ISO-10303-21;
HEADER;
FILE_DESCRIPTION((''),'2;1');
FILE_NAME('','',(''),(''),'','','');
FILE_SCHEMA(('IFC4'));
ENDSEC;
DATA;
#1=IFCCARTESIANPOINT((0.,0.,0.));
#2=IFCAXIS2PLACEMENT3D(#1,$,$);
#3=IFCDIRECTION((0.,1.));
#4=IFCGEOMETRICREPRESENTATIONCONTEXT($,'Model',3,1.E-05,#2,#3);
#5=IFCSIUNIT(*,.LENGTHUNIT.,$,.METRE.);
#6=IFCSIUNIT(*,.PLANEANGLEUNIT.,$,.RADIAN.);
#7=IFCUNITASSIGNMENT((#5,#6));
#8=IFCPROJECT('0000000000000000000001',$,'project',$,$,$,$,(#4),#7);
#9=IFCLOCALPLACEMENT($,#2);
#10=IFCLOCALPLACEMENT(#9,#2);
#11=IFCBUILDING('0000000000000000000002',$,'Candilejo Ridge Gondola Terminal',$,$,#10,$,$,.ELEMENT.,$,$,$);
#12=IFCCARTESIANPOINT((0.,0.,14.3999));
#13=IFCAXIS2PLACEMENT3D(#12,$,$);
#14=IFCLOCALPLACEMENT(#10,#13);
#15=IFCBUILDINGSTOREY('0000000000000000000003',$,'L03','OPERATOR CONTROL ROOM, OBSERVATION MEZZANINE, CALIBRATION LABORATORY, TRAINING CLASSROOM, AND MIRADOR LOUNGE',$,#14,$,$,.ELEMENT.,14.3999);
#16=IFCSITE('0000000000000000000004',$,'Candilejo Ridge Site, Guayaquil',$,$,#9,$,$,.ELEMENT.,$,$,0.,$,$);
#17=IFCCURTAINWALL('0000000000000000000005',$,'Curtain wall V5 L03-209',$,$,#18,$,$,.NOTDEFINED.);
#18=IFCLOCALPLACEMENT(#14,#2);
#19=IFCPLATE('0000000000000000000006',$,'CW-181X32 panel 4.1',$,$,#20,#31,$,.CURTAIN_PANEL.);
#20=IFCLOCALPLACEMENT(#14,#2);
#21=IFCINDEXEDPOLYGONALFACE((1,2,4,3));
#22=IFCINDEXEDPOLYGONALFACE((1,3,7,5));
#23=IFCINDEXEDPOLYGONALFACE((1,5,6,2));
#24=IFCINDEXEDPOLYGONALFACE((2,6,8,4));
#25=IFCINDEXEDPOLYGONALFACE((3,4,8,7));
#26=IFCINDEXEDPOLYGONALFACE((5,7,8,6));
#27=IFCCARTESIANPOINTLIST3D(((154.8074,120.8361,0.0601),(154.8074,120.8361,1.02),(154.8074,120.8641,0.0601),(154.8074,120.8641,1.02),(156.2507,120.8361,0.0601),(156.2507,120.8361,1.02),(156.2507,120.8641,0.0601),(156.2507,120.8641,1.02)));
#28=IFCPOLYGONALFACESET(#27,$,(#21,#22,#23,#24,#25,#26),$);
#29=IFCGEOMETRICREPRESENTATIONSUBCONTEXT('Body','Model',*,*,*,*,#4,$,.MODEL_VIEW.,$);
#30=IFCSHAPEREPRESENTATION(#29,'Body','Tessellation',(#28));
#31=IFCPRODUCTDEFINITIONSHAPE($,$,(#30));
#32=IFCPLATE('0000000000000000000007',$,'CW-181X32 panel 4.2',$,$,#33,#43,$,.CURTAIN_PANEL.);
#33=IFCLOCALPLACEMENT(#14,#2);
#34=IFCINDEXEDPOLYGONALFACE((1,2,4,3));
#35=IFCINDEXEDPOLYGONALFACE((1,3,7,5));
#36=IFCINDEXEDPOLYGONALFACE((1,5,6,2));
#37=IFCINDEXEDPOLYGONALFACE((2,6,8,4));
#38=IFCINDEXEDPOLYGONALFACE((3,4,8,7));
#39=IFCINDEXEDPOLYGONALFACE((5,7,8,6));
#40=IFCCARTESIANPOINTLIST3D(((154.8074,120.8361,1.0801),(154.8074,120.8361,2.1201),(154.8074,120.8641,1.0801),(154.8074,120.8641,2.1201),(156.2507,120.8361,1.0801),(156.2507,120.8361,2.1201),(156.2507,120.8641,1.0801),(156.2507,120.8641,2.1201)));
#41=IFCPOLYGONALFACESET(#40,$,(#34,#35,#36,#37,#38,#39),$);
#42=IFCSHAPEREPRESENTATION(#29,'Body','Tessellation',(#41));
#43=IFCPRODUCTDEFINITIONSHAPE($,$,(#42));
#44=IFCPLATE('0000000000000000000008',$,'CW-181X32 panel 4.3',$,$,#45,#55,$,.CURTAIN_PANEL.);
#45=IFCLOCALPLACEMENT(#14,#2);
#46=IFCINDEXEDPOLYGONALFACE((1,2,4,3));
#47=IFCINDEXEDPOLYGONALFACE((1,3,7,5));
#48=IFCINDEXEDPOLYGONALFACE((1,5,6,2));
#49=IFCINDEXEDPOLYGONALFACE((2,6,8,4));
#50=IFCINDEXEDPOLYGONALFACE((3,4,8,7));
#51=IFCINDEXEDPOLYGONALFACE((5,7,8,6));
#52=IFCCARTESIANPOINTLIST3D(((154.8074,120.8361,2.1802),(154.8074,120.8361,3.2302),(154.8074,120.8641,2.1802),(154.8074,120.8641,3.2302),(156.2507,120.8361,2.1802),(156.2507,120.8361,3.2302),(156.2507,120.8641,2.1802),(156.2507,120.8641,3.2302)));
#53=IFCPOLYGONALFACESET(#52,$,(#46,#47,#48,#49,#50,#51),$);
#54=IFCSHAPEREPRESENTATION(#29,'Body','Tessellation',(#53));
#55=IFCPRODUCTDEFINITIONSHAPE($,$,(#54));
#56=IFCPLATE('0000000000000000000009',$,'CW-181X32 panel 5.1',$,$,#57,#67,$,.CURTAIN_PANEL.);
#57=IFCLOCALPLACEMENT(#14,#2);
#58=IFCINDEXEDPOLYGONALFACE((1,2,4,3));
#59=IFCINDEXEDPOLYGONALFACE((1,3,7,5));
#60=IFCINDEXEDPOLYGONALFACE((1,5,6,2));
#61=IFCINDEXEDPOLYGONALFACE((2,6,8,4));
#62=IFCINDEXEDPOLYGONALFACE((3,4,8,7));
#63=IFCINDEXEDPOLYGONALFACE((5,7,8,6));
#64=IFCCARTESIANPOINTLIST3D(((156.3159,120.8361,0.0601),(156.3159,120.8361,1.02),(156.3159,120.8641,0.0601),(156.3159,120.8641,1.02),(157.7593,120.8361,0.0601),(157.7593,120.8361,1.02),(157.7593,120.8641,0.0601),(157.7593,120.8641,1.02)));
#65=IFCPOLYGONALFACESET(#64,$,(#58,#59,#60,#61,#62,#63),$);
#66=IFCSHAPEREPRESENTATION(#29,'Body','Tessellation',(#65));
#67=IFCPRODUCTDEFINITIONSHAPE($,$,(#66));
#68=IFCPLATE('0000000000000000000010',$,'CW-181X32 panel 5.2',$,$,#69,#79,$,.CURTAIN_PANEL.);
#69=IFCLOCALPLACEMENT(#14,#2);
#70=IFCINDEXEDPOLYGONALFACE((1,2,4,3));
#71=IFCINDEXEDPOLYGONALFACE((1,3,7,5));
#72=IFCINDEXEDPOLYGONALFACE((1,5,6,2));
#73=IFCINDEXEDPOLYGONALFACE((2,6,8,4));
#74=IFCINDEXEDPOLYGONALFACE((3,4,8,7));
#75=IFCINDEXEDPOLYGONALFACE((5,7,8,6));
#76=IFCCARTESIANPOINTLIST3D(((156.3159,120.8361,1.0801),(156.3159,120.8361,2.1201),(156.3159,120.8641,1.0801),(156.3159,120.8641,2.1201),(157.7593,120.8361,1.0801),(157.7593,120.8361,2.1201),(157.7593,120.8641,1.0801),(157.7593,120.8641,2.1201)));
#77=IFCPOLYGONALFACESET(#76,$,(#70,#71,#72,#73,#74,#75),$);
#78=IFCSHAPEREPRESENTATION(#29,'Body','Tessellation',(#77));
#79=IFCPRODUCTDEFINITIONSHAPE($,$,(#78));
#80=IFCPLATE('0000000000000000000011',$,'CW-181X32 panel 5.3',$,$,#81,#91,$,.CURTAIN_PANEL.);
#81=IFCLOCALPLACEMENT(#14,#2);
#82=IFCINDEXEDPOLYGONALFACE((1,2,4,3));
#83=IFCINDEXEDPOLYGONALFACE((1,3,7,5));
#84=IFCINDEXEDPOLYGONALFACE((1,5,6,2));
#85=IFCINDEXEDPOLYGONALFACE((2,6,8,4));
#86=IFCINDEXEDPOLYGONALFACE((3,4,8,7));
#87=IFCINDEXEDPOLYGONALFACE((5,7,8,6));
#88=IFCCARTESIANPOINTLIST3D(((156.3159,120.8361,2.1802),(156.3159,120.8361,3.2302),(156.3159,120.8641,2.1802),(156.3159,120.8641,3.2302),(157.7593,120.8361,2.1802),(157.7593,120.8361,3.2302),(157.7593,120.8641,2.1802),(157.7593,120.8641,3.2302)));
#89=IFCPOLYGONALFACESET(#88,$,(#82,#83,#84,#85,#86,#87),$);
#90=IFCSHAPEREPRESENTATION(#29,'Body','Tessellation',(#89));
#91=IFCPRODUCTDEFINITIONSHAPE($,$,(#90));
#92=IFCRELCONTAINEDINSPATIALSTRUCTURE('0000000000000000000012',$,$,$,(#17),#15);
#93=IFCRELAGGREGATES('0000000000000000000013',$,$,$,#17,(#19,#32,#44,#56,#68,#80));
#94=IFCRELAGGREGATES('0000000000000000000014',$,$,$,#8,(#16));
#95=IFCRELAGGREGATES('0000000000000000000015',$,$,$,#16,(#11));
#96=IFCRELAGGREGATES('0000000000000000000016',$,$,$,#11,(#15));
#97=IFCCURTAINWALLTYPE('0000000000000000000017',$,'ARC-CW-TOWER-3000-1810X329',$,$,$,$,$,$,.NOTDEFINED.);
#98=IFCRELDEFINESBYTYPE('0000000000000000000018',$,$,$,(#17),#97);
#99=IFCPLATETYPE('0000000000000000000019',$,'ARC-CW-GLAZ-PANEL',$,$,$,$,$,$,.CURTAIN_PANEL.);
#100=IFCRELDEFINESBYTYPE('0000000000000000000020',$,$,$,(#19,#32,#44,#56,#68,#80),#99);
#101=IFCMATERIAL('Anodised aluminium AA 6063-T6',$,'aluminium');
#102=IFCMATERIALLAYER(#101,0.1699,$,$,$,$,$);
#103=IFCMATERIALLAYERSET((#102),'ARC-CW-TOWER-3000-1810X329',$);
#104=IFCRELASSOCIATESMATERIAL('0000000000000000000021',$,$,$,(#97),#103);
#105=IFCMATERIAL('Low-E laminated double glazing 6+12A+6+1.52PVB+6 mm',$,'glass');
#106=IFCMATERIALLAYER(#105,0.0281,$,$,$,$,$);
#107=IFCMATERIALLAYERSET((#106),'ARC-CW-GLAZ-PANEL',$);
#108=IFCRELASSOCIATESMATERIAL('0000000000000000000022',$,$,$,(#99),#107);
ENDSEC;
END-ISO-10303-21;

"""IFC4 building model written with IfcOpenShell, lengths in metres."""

from ifc_helpers import new_model, si_unit, direction, frame, origin, origin_2d, place, context, subcontext, project, spatial, rectangle, extrude, material, layer, layer_set, type_object, element, aggregate, save


model = new_model("IFC4")

# Units and contexts
model_context = context("Model", 3, precision=1e-05, world=origin(), true_north=direction((0.0, 1.0)))
body_context = subcontext(model_context, "Body", "Model", "MODEL_VIEW")
ifc_project = project(units=[si_unit("LENGTHUNIT", "METRE"), si_unit("PLANEANGLEUNIT", "RADIAN")], contexts=[model_context])

# Site, building, storey
site_placement = place(None, origin())
site = spatial("IfcSite", under=ifc_project, at=site_placement, Name="Candilejo Ridge Site, Guayaquil", CompositionType="ELEMENT", RefElevation=0.0)
building_placement = place(site_placement, origin())
building = spatial("IfcBuilding", under=site, at=building_placement, Name="Candilejo Ridge Gondola Terminal", CompositionType="ELEMENT")
storey_placement = place(building_placement, frame((0.0, 0.0, 14.3999)))
storey = spatial("IfcBuildingStorey", under=building, at=storey_placement, Name="L03", Description="OPERATOR CONTROL ROOM, OBSERVATION MEZZANINE, CALIBRATION LABORATORY, TRAINING CLASSROOM, AND MIRADOR LOUNGE", CompositionType="ELEMENT", Elevation=14.3999)

# Curtain wall, plates
ifc_material_1 = material(Name="Anodised aluminium AA 6063-T6", Category="aluminium")
ifc_layer_1 = layer(ifc_material_1, 0.1699)
ifc_layer_set_1 = layer_set([ifc_layer_1], Name="ARC-CW-TOWER-3000-1810X329")
curtain_wall_type = type_object("IfcCurtainWallType", Name="ARC-CW-TOWER-3000-1810X329", PredefinedType="NOTDEFINED", material=ifc_layer_set_1)
curtain_wall_placement = place(storey_placement, origin())
curtain_wall = element("IfcCurtainWall", 1, at=curtain_wall_placement, inside=storey, type_object=curtain_wall_type, Name="Curtain wall V5 L03-209", PredefinedType="NOTDEFINED")
ifc_material_2 = material(Name="Low-E laminated double glazing 6+12A+6+1.52PVB+6 mm", Category="glass")
ifc_layer_2 = layer(ifc_material_2, 0.0281)
ifc_layer_set_2 = layer_set([ifc_layer_2], Name="ARC-CW-GLAZ-PANEL")
plate_type = type_object("IfcPlateType", Name="ARC-CW-GLAZ-PANEL", PredefinedType="CURTAIN_PANEL", material=ifc_layer_set_2)
plate_1_placement = place(storey_placement, frame((155.5291, 120.8501, 0.0601), z_axis=(0.0, 0.0, 1.0), x_axis=(1.0, 0.0, 0.0)))
plate_1 = element("IfcPlate", 2, at=plate_1_placement, type_object=plate_type, Name="CW-181X32 panel 4.1", PredefinedType="CURTAIN_PANEL", context=body_context, shape_type="SweptSolid", body=[
    extrude(rectangle(XDim=1.4434, YDim=0.0281, at=origin_2d()), origin(), (0.0, 0.0, 1.0), 0.96),
])
plate_2_placement = place(storey_placement, frame((155.5291, 120.8501, 1.0801), z_axis=(0.0, 0.0, 1.0), x_axis=(1.0, 0.0, 0.0)))
plate_2 = element("IfcPlate", 3, at=plate_2_placement, type_object=plate_type, Name="CW-181X32 panel 4.2", PredefinedType="CURTAIN_PANEL", context=body_context, shape_type="SweptSolid", body=[
    extrude(rectangle(XDim=1.4434, YDim=0.0281, at=origin_2d()), origin(), (0.0, 0.0, 1.0), 1.04),
])
plate_3_placement = place(storey_placement, frame((155.5291, 120.8501, 2.1802), z_axis=(0.0, 0.0, 1.0), x_axis=(1.0, 0.0, 0.0)))
plate_3 = element("IfcPlate", 4, at=plate_3_placement, type_object=plate_type, Name="CW-181X32 panel 4.3", PredefinedType="CURTAIN_PANEL", context=body_context, shape_type="SweptSolid", body=[
    extrude(rectangle(XDim=1.4434, YDim=0.0281, at=origin_2d()), origin(), (0.0, 0.0, 1.0), 1.05),
])
plate_4_placement = place(storey_placement, frame((157.0376, 120.8501, 0.0601), z_axis=(0.0, 0.0, 1.0), x_axis=(1.0, 0.0, 0.0)))
plate_4 = element("IfcPlate", 5, at=plate_4_placement, type_object=plate_type, Name="CW-181X32 panel 5.1", PredefinedType="CURTAIN_PANEL", context=body_context, shape_type="SweptSolid", body=[
    extrude(rectangle(XDim=1.4434, YDim=0.0281, at=origin_2d()), origin(), (0.0, 0.0, 1.0), 0.96),
])
plate_5_placement = place(storey_placement, frame((157.0376, 120.8501, 1.0801), z_axis=(0.0, 0.0, 1.0), x_axis=(1.0, 0.0, 0.0)))
plate_5 = element("IfcPlate", 6, at=plate_5_placement, type_object=plate_type, Name="CW-181X32 panel 5.2", PredefinedType="CURTAIN_PANEL", context=body_context, shape_type="SweptSolid", body=[
    extrude(rectangle(XDim=1.4434, YDim=0.0281, at=origin_2d()), origin(), (0.0, 0.0, 1.0), 1.04),
])
plate_6_placement = place(storey_placement, frame((157.0376, 120.8501, 2.1802), z_axis=(0.0, 0.0, 1.0), x_axis=(1.0, 0.0, 0.0)))
plate_6 = element("IfcPlate", 7, at=plate_6_placement, type_object=plate_type, Name="CW-181X32 panel 5.3", PredefinedType="CURTAIN_PANEL", context=body_context, shape_type="SweptSolid", body=[
    extrude(rectangle(XDim=1.4434, YDim=0.0281, at=origin_2d()), origin(), (0.0, 0.0, 1.0), 1.05),
])
aggregate(curtain_wall, [plate_1, plate_2, plate_3, plate_4, plate_5, plate_6])

save(model, "model.ifc")
